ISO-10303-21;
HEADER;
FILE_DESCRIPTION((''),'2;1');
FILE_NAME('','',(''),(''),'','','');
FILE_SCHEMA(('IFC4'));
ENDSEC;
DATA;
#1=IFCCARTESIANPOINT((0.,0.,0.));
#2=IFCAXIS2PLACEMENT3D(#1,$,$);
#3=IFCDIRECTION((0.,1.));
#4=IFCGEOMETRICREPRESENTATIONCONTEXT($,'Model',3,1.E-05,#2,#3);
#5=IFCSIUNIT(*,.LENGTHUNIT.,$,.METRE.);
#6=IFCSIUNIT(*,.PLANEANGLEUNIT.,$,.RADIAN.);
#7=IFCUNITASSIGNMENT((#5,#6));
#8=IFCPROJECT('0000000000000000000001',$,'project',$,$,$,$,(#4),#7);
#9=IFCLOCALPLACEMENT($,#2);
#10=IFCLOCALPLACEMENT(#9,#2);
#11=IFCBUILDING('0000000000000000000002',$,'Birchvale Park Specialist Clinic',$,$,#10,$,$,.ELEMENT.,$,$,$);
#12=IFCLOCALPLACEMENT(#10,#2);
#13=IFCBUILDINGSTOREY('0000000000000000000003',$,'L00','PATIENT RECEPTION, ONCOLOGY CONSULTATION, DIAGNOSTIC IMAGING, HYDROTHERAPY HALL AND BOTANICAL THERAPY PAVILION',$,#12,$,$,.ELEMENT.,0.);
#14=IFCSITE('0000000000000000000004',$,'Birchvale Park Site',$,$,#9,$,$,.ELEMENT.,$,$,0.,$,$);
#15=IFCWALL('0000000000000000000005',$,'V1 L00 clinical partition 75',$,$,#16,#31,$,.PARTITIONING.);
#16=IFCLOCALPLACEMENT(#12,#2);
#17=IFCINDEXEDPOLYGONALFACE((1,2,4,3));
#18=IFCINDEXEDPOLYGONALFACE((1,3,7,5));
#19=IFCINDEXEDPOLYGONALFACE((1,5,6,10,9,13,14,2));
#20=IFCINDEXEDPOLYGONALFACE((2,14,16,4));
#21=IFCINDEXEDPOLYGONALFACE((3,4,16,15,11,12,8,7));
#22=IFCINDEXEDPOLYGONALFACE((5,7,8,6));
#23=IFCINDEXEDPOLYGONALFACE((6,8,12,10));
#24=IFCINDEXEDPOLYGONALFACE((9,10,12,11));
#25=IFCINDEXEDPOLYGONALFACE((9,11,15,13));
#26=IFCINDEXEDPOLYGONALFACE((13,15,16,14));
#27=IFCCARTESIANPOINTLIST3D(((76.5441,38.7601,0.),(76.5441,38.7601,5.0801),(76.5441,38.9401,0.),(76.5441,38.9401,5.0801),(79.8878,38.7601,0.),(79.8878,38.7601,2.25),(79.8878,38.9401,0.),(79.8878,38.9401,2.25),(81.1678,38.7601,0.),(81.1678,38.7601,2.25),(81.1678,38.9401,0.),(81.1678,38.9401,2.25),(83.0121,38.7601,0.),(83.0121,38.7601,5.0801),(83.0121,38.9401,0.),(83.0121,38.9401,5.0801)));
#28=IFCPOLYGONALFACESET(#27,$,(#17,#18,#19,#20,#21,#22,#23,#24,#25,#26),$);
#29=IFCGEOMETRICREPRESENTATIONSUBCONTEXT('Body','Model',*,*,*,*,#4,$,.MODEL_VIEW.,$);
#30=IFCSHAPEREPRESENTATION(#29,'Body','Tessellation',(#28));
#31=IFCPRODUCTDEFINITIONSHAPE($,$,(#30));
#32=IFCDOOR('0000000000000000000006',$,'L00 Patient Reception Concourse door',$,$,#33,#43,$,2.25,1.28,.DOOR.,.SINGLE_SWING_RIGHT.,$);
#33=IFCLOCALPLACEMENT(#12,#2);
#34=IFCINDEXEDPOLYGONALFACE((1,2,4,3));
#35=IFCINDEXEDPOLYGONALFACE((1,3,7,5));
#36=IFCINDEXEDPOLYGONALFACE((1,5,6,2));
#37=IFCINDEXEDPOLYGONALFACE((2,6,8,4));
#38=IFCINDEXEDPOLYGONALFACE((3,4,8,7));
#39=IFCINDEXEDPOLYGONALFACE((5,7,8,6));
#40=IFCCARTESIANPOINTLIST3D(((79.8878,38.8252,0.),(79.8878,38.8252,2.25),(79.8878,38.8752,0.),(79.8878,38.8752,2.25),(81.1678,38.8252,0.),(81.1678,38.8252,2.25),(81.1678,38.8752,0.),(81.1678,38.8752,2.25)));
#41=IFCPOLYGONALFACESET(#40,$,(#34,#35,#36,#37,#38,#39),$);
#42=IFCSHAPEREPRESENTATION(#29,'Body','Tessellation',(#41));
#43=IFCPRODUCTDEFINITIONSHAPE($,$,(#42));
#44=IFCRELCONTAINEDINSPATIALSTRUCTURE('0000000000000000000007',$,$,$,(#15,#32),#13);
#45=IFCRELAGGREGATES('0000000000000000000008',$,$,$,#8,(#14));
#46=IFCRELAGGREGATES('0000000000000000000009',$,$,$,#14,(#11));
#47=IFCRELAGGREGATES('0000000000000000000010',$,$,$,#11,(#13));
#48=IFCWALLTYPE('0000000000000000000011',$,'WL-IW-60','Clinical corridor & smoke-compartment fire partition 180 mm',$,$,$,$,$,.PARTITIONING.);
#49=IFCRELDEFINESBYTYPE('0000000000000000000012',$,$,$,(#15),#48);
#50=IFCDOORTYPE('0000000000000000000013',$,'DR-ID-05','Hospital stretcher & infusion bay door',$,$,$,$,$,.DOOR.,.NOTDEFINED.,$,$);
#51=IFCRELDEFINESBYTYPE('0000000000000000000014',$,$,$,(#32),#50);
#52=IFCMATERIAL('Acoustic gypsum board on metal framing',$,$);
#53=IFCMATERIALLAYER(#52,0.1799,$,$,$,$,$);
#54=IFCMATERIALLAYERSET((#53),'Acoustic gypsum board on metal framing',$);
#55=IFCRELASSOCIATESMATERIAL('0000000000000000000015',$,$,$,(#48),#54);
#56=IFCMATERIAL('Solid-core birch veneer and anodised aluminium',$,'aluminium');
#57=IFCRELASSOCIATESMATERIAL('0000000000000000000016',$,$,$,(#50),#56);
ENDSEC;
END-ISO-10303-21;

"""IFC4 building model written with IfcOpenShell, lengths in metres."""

from ifc_helpers import new_model, si_unit, direction, frame, frame_2d, origin, place, context, subcontext, project, spatial, rectangle, extrude, material, layer, layer_set, type_object, element, fill, save


model = new_model("IFC4")

# Units and contexts
model_context = context("Model", 3, precision=1e-05, world=origin(), true_north=direction((0.0, 1.0)))
body_context = subcontext(model_context, "Body", "Model", "MODEL_VIEW")
ifc_project = project(units=[si_unit("LENGTHUNIT", "METRE"), si_unit("PLANEANGLEUNIT", "RADIAN")], contexts=[model_context])

# Site, building, storey
site_placement = place(None, origin())
site = spatial("IfcSite", under=ifc_project, at=site_placement, Name="Birchvale Park Site", CompositionType="ELEMENT", RefElevation=0.0)
building_placement = place(site_placement, origin())
building = spatial("IfcBuilding", under=site, at=building_placement, Name="Birchvale Park Specialist Clinic", CompositionType="ELEMENT")
storey_placement = place(building_placement, origin())
storey = spatial("IfcBuildingStorey", under=building, at=storey_placement, Name="L00", Description="PATIENT RECEPTION, ONCOLOGY CONSULTATION, DIAGNOSTIC IMAGING, HYDROTHERAPY HALL AND BOTANICAL THERAPY PAVILION", CompositionType="ELEMENT", Elevation=0.0)

# Wall, opening, door
ifc_material_1 = material(Name="Acoustic gypsum board on metal framing")
ifc_layer_1 = layer(ifc_material_1, 0.1799)
ifc_layer_set_1 = layer_set([ifc_layer_1], Name="Acoustic gypsum board on metal framing")
wall_type_1 = type_object("IfcWallType", Name="WL-IW-60", Description="Clinical corridor & smoke-compartment fire partition 180 mm", PredefinedType="PARTITIONING", material=ifc_layer_set_1)
ifc_material_2 = material(Name="Solid-core birch veneer and anodised aluminium", Category="aluminium")
wall_1_placement = place(storey_placement, frame((83.012, 38.8501, 0.0), z_axis=(0.0, 0.0, 1.0), x_axis=(-1.0, 0.0, 0.0)))
wall_1 = element("IfcWall", 1, at=wall_1_placement, inside=storey, type_object=wall_type_1, Name="V1 L00 clinical partition 75", PredefinedType="PARTITIONING", context=body_context, shape_type="SweptSolid", body=[
    extrude(rectangle(XDim=6.468, YDim=0.1799, at=frame_2d((3.2339, 0.0))), origin(), (0.0, 0.0, 1.0), 5.0801),
])
opening_1_placement = place(wall_1_placement, frame((1.844, 0.0, 0.0)))
opening_1 = element("IfcOpeningElement", 2, at=opening_1_placement, cuts=wall_1, PredefinedType="OPENING", context=body_context, shape_type="SweptSolid", body=[
    extrude(rectangle(XDim=1.28, YDim=2.25, at=frame_2d((0.6401, 1.125))), frame((0.0, 0.1001, 0.0), z_axis=(0.0, -1.0, 0.0), x_axis=(1.0, 0.0, 0.0)), (0.0, 0.0, 1.0), 0.2),
])
door_type_1 = type_object("IfcDoorType", Name="DR-ID-05", Description="Hospital stretcher & infusion bay door", OperationType="NOTDEFINED", PredefinedType="DOOR", material=ifc_material_2)
door_1_placement = place(opening_1_placement, origin())
door_1 = element("IfcDoor", 3, at=door_1_placement, inside=storey, type_object=door_type_1, Name="L00 Patient Reception Concourse door", OperationType="SINGLE_SWING_RIGHT", OverallHeight=2.25, OverallWidth=1.28, PredefinedType="DOOR", context=body_context, shape_type="SweptSolid", body=[
    extrude(rectangle(XDim=1.28, YDim=2.25, at=frame_2d((0.6401, 1.125))), frame((0.0, 0.0249, 0.0), z_axis=(0.0, -1.0, 0.0), x_axis=(1.0, 0.0, 0.0)), (0.0, 0.0, 1.0), 0.05),
])
fill(opening_1, door_1)

save(model, "model.ifc")
